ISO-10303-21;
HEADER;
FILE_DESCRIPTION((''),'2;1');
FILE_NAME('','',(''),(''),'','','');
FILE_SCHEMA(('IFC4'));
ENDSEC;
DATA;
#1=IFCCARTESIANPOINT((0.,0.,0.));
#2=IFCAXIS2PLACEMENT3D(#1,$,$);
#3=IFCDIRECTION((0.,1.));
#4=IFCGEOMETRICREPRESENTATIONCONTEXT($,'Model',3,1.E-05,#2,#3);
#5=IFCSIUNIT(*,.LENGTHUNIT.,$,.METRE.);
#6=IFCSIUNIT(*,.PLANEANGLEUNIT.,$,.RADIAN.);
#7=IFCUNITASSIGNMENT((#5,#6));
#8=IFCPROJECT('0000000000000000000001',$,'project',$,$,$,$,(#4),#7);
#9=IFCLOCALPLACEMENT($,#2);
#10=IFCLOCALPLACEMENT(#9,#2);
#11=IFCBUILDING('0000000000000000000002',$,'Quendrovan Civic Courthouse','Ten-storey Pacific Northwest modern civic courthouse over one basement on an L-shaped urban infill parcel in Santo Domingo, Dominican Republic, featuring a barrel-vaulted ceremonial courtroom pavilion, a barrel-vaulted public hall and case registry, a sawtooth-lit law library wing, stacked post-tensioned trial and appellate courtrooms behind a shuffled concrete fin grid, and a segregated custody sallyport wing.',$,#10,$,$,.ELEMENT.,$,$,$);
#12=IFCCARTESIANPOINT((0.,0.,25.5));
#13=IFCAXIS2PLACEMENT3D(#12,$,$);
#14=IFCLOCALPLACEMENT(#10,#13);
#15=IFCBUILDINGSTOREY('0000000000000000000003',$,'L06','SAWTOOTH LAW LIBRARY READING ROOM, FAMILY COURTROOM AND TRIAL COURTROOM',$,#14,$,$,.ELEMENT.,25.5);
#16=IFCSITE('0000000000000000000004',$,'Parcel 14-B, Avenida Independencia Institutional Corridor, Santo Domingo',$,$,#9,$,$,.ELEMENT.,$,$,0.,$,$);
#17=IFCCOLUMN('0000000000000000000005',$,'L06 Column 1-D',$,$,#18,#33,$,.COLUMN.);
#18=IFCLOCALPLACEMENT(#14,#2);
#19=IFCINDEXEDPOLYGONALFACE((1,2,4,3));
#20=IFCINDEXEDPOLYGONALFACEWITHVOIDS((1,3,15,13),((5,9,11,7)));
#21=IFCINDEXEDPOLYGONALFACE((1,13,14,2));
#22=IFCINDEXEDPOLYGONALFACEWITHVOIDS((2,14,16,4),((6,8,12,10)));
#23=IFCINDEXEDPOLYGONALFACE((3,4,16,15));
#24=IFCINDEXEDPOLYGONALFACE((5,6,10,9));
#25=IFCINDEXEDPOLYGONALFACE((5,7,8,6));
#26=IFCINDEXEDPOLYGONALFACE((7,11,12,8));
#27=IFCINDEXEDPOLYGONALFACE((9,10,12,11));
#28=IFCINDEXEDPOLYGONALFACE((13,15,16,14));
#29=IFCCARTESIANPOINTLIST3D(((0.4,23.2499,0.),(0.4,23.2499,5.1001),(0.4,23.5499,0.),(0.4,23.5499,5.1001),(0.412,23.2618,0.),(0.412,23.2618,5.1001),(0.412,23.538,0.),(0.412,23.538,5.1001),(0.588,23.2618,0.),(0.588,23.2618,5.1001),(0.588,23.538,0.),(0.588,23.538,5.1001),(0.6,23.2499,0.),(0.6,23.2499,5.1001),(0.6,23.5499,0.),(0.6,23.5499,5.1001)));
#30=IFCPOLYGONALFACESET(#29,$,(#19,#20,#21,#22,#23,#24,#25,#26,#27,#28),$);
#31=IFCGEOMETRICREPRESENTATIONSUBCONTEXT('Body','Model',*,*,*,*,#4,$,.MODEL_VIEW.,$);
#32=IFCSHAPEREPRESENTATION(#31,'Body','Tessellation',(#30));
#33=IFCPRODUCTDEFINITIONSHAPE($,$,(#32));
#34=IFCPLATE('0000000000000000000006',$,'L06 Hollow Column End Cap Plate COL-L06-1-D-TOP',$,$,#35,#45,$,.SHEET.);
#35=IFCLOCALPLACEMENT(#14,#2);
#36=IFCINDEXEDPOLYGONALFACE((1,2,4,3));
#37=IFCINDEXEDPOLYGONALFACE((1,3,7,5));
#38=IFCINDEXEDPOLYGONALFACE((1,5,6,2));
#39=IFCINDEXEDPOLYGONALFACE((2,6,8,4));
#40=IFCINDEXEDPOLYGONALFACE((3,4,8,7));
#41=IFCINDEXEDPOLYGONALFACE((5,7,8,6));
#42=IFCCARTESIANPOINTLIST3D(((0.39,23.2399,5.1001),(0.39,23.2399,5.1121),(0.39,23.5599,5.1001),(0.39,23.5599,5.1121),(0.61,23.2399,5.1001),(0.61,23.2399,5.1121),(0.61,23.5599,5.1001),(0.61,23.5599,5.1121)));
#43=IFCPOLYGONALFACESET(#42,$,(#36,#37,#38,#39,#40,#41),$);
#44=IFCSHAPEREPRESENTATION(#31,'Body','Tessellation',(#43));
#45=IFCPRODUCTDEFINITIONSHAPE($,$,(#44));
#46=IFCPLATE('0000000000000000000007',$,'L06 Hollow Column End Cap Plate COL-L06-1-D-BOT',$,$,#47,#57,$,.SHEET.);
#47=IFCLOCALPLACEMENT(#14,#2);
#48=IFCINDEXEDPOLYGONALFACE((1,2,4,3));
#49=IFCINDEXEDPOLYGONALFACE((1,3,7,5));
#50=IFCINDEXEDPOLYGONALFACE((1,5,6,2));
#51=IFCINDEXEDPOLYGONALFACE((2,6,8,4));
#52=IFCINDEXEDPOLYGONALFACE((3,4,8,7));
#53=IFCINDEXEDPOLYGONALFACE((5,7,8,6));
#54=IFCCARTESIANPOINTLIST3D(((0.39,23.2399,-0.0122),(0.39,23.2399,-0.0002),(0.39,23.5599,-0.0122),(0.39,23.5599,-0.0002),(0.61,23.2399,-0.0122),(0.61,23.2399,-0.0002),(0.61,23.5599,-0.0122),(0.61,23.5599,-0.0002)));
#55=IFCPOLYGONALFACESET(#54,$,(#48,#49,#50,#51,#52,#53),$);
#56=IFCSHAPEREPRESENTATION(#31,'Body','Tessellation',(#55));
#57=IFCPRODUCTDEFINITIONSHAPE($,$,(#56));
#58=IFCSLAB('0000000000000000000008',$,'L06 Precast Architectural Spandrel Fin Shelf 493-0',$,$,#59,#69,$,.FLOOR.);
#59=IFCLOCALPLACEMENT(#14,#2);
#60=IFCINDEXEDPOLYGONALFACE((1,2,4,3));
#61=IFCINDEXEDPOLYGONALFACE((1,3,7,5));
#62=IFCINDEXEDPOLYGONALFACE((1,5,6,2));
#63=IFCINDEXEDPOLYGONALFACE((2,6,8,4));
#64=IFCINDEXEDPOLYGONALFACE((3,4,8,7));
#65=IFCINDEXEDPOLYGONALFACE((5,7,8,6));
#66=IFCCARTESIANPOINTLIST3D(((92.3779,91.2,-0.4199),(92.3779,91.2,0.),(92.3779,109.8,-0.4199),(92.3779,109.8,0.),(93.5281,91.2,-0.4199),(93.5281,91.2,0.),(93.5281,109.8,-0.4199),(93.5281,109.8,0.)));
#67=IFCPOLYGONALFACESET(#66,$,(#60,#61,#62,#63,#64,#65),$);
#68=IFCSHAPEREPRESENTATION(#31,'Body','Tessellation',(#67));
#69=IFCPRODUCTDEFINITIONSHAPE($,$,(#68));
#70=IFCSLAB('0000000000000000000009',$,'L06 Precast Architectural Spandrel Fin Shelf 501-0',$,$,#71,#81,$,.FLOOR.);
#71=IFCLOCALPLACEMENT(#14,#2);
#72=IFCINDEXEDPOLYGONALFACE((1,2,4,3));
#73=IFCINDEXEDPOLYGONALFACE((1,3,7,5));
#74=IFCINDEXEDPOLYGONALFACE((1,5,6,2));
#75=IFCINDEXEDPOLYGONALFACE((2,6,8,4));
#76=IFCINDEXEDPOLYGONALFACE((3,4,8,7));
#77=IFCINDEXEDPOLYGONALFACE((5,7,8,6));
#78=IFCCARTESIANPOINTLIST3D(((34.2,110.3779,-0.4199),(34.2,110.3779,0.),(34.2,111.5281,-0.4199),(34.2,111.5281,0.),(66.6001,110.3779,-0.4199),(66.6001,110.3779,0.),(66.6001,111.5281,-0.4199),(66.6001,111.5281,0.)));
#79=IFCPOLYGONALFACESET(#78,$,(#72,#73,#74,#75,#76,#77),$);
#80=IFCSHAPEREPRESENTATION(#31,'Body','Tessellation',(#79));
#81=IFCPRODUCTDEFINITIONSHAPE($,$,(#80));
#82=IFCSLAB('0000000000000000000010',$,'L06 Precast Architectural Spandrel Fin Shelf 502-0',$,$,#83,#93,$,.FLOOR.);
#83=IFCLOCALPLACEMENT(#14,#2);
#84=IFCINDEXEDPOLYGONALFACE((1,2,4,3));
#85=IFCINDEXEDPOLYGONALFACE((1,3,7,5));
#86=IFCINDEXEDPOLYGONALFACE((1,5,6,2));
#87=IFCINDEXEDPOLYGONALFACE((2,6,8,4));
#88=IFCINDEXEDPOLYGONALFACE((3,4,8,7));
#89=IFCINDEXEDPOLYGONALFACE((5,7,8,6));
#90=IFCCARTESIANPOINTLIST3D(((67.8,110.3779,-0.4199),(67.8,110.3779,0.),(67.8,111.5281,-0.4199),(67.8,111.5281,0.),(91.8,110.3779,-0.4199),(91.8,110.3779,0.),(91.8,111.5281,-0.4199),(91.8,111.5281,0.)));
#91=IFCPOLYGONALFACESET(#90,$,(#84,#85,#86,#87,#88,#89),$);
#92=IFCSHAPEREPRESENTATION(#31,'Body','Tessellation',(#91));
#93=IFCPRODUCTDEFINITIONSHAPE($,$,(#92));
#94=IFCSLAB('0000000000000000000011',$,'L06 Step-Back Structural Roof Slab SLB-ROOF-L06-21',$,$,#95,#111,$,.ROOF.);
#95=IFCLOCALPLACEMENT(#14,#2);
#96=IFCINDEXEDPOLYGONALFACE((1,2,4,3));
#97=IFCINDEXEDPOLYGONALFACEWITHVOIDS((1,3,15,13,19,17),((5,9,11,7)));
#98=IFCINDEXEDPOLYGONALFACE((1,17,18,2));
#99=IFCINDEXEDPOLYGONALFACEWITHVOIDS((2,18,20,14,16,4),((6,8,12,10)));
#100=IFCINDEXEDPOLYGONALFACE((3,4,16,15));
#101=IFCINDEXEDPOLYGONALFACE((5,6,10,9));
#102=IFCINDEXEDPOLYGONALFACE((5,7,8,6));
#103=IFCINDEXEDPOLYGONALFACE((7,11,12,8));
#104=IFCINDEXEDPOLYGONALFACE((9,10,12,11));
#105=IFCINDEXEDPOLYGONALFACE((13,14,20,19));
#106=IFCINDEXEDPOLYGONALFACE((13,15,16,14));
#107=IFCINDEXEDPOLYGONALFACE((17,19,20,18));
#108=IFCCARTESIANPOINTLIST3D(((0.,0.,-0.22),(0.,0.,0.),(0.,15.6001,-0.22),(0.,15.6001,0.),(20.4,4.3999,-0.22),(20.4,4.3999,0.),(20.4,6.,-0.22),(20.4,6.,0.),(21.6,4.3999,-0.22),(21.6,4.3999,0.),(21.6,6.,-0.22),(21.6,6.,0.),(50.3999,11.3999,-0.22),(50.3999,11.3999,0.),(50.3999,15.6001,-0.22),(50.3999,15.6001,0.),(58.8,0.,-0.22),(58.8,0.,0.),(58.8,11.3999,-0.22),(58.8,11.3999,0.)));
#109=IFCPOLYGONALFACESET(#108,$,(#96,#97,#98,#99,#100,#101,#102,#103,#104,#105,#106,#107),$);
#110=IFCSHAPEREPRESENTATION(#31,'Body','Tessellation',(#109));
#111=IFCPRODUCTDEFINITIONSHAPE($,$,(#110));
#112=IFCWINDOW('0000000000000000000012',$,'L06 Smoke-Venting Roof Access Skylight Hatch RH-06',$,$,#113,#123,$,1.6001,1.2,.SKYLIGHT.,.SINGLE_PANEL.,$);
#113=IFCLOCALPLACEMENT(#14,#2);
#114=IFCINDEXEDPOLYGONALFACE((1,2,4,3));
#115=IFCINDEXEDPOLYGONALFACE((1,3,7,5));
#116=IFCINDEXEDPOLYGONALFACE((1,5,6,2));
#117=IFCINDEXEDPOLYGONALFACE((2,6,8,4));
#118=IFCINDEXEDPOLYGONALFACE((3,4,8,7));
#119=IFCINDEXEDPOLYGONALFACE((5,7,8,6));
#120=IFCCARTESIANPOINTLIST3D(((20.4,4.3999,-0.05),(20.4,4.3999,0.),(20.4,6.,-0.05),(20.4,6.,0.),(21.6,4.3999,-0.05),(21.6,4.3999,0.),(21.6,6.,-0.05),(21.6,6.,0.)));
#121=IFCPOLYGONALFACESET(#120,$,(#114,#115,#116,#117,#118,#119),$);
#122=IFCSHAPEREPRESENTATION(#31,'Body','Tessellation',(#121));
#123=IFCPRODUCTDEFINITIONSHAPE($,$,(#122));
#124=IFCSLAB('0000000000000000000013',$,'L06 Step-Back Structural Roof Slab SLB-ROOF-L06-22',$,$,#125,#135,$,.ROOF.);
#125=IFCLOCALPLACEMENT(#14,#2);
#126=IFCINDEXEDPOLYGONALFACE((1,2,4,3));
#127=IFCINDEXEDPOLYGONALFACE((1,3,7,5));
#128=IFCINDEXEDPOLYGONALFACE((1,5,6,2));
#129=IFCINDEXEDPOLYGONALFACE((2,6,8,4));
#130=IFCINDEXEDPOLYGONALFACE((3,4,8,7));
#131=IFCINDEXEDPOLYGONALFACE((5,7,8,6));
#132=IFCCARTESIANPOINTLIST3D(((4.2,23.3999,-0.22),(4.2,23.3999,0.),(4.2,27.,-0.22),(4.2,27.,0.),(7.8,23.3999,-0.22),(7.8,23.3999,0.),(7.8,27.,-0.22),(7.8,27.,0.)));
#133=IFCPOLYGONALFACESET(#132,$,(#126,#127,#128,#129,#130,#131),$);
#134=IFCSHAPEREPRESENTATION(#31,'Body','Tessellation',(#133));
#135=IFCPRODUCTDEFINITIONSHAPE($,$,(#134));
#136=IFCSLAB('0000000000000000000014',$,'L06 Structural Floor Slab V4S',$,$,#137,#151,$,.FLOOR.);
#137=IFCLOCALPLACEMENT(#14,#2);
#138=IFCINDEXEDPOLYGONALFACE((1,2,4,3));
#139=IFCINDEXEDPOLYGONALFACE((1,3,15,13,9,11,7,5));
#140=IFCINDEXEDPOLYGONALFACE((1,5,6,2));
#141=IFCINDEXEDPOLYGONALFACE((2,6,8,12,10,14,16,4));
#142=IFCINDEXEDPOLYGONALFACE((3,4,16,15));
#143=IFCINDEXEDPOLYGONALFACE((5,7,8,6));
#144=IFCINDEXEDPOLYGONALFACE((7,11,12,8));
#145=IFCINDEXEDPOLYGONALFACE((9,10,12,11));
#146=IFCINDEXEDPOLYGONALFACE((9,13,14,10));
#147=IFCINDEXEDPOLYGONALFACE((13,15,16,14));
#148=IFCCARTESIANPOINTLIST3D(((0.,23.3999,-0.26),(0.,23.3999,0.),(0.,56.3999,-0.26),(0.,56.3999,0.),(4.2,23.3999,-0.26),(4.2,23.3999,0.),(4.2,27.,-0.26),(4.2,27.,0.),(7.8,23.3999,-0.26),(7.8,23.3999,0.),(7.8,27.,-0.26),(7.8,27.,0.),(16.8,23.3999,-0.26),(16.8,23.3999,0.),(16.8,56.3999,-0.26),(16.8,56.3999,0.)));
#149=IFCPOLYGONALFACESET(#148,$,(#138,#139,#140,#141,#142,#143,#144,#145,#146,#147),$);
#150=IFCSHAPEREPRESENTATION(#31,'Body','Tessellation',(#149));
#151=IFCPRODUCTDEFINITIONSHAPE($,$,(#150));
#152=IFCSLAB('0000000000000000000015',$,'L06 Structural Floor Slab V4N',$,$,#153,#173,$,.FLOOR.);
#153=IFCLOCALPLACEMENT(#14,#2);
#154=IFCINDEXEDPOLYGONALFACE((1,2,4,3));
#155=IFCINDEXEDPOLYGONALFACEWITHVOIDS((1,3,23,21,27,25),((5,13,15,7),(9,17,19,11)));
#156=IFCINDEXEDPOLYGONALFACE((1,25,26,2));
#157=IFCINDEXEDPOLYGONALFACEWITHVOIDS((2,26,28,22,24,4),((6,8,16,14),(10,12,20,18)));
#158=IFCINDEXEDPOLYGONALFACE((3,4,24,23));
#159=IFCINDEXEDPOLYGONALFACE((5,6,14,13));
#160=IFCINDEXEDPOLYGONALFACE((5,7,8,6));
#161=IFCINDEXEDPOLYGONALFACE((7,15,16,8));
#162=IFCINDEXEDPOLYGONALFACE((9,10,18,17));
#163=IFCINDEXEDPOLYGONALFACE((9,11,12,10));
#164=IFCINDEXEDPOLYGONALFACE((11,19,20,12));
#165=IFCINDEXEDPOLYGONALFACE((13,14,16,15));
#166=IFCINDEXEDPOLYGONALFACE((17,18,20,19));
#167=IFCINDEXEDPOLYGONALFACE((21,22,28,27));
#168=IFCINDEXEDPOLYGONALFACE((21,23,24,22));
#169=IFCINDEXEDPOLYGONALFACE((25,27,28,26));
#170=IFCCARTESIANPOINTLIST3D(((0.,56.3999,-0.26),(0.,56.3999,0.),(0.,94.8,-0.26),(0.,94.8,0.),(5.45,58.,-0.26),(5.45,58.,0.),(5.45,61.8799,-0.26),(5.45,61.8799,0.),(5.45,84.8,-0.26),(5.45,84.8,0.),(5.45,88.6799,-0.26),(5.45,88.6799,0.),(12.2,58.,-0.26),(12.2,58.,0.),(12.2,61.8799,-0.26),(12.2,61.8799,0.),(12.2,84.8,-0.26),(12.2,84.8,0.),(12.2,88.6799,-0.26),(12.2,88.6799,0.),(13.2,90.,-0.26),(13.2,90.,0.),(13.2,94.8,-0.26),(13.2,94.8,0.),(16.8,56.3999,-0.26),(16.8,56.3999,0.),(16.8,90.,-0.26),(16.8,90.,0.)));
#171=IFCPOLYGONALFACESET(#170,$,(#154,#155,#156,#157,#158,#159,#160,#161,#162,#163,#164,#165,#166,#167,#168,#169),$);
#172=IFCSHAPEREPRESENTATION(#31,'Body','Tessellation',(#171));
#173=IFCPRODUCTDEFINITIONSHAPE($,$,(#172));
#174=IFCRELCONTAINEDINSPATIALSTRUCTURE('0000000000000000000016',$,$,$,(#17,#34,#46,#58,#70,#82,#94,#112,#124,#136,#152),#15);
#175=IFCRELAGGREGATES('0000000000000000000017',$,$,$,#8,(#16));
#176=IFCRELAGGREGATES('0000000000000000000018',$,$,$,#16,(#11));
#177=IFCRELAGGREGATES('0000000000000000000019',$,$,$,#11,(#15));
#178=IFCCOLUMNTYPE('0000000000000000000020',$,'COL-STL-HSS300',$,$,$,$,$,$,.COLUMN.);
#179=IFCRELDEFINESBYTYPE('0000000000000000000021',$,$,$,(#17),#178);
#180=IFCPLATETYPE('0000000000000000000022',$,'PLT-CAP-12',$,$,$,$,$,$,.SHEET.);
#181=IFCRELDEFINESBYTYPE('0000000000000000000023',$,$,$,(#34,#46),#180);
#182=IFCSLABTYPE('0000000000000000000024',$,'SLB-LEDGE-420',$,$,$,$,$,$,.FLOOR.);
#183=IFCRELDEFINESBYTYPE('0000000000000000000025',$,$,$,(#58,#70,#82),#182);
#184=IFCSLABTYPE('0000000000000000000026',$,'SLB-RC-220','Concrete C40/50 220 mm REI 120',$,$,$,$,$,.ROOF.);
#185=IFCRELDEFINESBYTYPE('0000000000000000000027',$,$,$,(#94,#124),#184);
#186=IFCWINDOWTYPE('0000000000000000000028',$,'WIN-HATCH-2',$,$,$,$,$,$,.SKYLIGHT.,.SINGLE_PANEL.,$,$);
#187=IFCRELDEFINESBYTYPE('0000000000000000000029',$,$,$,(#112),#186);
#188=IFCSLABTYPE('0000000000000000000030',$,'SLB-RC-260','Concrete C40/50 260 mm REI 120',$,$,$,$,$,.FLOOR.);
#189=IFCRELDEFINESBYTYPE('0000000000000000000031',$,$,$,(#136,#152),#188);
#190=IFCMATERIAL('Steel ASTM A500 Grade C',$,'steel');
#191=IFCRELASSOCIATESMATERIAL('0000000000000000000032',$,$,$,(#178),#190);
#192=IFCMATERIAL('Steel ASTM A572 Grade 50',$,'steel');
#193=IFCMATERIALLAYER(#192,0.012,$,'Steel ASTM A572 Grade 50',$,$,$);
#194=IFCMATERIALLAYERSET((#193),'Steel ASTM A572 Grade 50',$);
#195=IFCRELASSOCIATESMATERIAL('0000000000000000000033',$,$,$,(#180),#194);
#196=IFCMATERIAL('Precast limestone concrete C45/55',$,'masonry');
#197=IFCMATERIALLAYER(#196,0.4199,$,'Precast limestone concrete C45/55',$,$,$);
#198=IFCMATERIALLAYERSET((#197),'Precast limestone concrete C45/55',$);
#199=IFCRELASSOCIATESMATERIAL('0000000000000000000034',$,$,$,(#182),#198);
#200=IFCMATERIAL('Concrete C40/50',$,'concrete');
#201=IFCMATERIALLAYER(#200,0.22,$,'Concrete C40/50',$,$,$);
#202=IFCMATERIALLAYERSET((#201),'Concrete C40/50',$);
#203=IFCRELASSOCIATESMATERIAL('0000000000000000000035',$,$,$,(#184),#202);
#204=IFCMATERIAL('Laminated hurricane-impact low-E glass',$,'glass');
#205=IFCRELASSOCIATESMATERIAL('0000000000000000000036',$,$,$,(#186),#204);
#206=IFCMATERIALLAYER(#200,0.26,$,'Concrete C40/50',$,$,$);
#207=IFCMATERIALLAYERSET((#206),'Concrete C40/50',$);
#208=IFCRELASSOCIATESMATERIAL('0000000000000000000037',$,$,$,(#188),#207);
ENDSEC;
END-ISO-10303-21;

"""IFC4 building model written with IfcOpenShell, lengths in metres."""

from ifc_helpers import new_model, si_unit, direction, frame, origin, origin_2d, place, context, subcontext, project, spatial, polyline, rectangle, hollow_rectangle, outline, extrude, material, layer, layer_set, material_profile, profile_set, type_object, element, fill, save


model = new_model("IFC4")

# Units and contexts
model_context = context("Model", 3, precision=1e-05, world=origin(), true_north=direction((0.0, 1.0)))
body_context = subcontext(model_context, "Body", "Model", "MODEL_VIEW")
ifc_project = project(units=[si_unit("LENGTHUNIT", "METRE"), si_unit("PLANEANGLEUNIT", "RADIAN")], contexts=[model_context])

# Site, building, storey
site_placement = place(None, origin())
site = spatial("IfcSite", under=ifc_project, at=site_placement, Name="Parcel 14-B, Avenida Independencia Institutional Corridor, Santo Domingo", CompositionType="ELEMENT", RefElevation=0.0)
building_placement = place(site_placement, origin())
building = spatial("IfcBuilding", under=site, at=building_placement, Name="Quendrovan Civic Courthouse", Description="Ten-storey Pacific Northwest modern civic courthouse over one basement on an L-shaped urban infill parcel in Santo Domingo, Dominican Republic, featuring a barrel-vaulted ceremonial courtroom pavilion, a barrel-vaulted public hall and case registry, a sawtooth-lit law library wing, stacked post-tensioned trial and appellate courtrooms behind a shuffled concrete fin grid, and a segregated custody sallyport wing.", CompositionType="ELEMENT")
storey_placement = place(building_placement, frame((0.0, 0.0, 25.5)))
storey = spatial("IfcBuildingStorey", under=building, at=storey_placement, Name="L06", Description="SAWTOOTH LAW LIBRARY READING ROOM, FAMILY COURTROOM AND TRIAL COURTROOM", CompositionType="ELEMENT", Elevation=25.5)

# Column
ifc_material_1 = material(Name="Steel ASTM A500 Grade C", Category="steel")
ifc_material_profile = material_profile(ifc_material_1, hollow_rectangle(XDim=0.2, YDim=0.3, WallThickness=0.012, at=origin_2d()), Name="HSS300x200x12")
ifc_profile_set = profile_set([ifc_material_profile], Name="Steel ASTM A500 Grade C")
column_type = type_object("IfcColumnType", Name="COL-STL-HSS300", PredefinedType="COLUMN", material=ifc_profile_set)
column_placement = place(storey_placement, frame((0.5, 23.3999, 0.0), z_axis=(0.0, 0.0, 1.0), x_axis=(1.0, 0.0, 0.0)))
element("IfcColumn", 1, at=column_placement, inside=storey, type_object=column_type, Name="L06 Column 1-D", PredefinedType="COLUMN", context=body_context, shape_type="SweptSolid", body=[
    extrude(hollow_rectangle(XDim=0.2, YDim=0.3, WallThickness=0.012, at=origin_2d()), origin(), (0.0, 0.0, 1.0), 5.1001),
])

# Plates
ifc_material_2 = material(Name="Steel ASTM A572 Grade 50", Category="steel")
ifc_layer_1 = layer(ifc_material_2, 0.012, Name="Steel ASTM A572 Grade 50")
ifc_layer_set_1 = layer_set([ifc_layer_1], Name="Steel ASTM A572 Grade 50")
plate_type = type_object("IfcPlateType", Name="PLT-CAP-12", PredefinedType="SHEET", material=ifc_layer_set_1)
for number, where, z_axis, x_axis, name in (
    (2, (0.5, 23.3999, 5.1001), (0.0, 0.0, 1.0), (1.0, 0.0, 0.0), "L06 Hollow Column End Cap Plate COL-L06-1-D-TOP"),
    (3, (0.5, 23.3999, -0.0122), (0.0, 0.0, 1.0), (1.0, 0.0, 0.0), "L06 Hollow Column End Cap Plate COL-L06-1-D-BOT"),
):
    element("IfcPlate", number, at=place(storey_placement, frame(where, z_axis=z_axis, x_axis=x_axis)), inside=storey, type_object=plate_type, Name=name, PredefinedType="SHEET", context=body_context, shape_type="SweptSolid", body=[
        extrude(rectangle(XDim=0.22, YDim=0.3201, at=origin_2d()), origin(), (0.0, 0.0, 1.0), 0.012),
    ])

# Slabs
ifc_material_3 = material(Name="Precast limestone concrete C45/55", Category="masonry")
ifc_layer_2 = layer(ifc_material_3, 0.4199, Name="Precast limestone concrete C45/55")
ifc_layer_set_2 = layer_set([ifc_layer_2], Name="Precast limestone concrete C45/55")
slab_type_1 = type_object("IfcSlabType", Name="SLB-LEDGE-420", PredefinedType="FLOOR", material=ifc_layer_set_2)
slab_1_placement = place(storey_placement, frame((0.0, 0.0, -0.4199)))
element("IfcSlab", 4, at=slab_1_placement, inside=storey, type_object=slab_type_1, Name="L06 Precast Architectural Spandrel Fin Shelf 493-0", PredefinedType="FLOOR", context=body_context, shape_type="SweptSolid", body=[
    extrude(outline(polyline([(93.5281, 109.8), (93.5281, 91.2), (92.3779, 91.2), (92.3779, 109.8), (93.5281, 109.8)])), origin(), (0.0, 0.0, 1.0), 0.4199),
])
slab_2_placement = place(storey_placement, frame((0.0, 0.0, -0.4199)))
element("IfcSlab", 5, at=slab_2_placement, inside=storey, type_object=slab_type_1, Name="L06 Precast Architectural Spandrel Fin Shelf 501-0", PredefinedType="FLOOR", context=body_context, shape_type="SweptSolid", body=[
    extrude(outline(polyline([(34.2, 111.5281), (66.6001, 111.5281), (66.6001, 110.3779), (34.2, 110.3779), (34.2, 111.5281)])), origin(), (0.0, 0.0, 1.0), 0.4199),
])
slab_3_placement = place(storey_placement, frame((0.0, 0.0, -0.4199)))
element("IfcSlab", 6, at=slab_3_placement, inside=storey, type_object=slab_type_1, Name="L06 Precast Architectural Spandrel Fin Shelf 502-0", PredefinedType="FLOOR", context=body_context, shape_type="SweptSolid", body=[
    extrude(outline(polyline([(67.8, 111.5281), (91.8, 111.5281), (91.8, 110.3779), (67.8, 110.3779), (67.8, 111.5281)])), origin(), (0.0, 0.0, 1.0), 0.4199),
])

# Slab, opening, window
ifc_material_4 = material(Name="Concrete C40/50", Category="concrete")
ifc_layer_3 = layer(ifc_material_4, 0.22, Name="Concrete C40/50")
ifc_layer_set_3 = layer_set([ifc_layer_3], Name="Concrete C40/50")
slab_type_2 = type_object("IfcSlabType", Name="SLB-RC-220", Description="Concrete C40/50 220 mm REI 120", PredefinedType="ROOF", material=ifc_layer_set_3)
slab_4_placement = place(storey_placement, frame((0.0, 0.0, -0.22)))
slab_4 = element("IfcSlab", 7, at=slab_4_placement, inside=storey, type_object=slab_type_2, Name="L06 Step-Back Structural Roof Slab SLB-ROOF-L06-21", PredefinedType="ROOF", context=body_context, shape_type="SweptSolid", body=[
    extrude(outline(polyline([(50.3999, 15.6001), (50.3999, 11.3999), (58.8, 11.3999), (58.8, 0.0), (0.0, 0.0), (0.0, 15.6001), (50.3999, 15.6001)])), origin(), (0.0, 0.0, 1.0), 0.22),
])
opening_placement = place(slab_4_placement, frame((21.0, 5.2, 0.0)))
opening = element("IfcOpeningElement", 8, at=opening_placement, cuts=slab_4, PredefinedType="OPENING", context=body_context, shape_type="SweptSolid", body=[
    extrude(rectangle(XDim=1.2, YDim=1.6001, at=origin_2d()), frame((0.0, 0.0, -0.01)), (0.0, 0.0, 1.0), 0.24),
])
ifc_material_5 = material(Name="Laminated hurricane-impact low-E glass", Category="glass")
window_type = type_object("IfcWindowType", Name="WIN-HATCH-2", PartitioningType="SINGLE_PANEL", PredefinedType="SKYLIGHT", material=ifc_material_5)
window_placement = place(opening_placement, frame((0.0, 0.0, 0.1699)))
window = element("IfcWindow", 9, at=window_placement, inside=storey, type_object=window_type, Name="L06 Smoke-Venting Roof Access Skylight Hatch RH-06", OverallHeight=1.6001, OverallWidth=1.2, PartitioningType="SINGLE_PANEL", PredefinedType="SKYLIGHT", context=body_context, shape_type="SweptSolid", body=[
    extrude(rectangle(XDim=1.2, YDim=1.6001, at=origin_2d()), origin(), (0.0, 0.0, 1.0), 0.05),
])
fill(opening, window)

# Slabs
slab_5_placement = place(storey_placement, frame((0.0, 0.0, -0.22)))
element("IfcSlab", 10, at=slab_5_placement, inside=storey, type_object=slab_type_2, Name="L06 Step-Back Structural Roof Slab SLB-ROOF-L06-22", PredefinedType="ROOF", context=body_context, shape_type="SweptSolid", body=[
    extrude(outline(polyline([(4.2, 23.3999), (4.2, 27.0), (7.8, 27.0), (7.8, 23.3999), (4.2, 23.3999)])), origin(), (0.0, 0.0, 1.0), 0.22),
])
ifc_layer_4 = layer(ifc_material_4, 0.26, Name="Concrete C40/50")
ifc_layer_set_4 = layer_set([ifc_layer_4], Name="Concrete C40/50")
slab_type_3 = type_object("IfcSlabType", Name="SLB-RC-260", Description="Concrete C40/50 260 mm REI 120", PredefinedType="FLOOR", material=ifc_layer_set_4)
slab_6_placement = place(storey_placement, frame((0.0, 0.0, -0.26)))
element("IfcSlab", 11, at=slab_6_placement, inside=storey, type_object=slab_type_3, Name="L06 Structural Floor Slab V4S", PredefinedType="FLOOR", context=body_context, shape_type="SweptSolid", body=[
    extrude(outline(polyline([(0.0, 23.3999), (0.0, 56.3999), (16.8, 56.3999), (16.8, 23.3999), (7.8, 23.3999), (7.8, 27.0), (4.2, 27.0), (4.2, 23.3999), (0.0, 23.3999)])), origin(), (0.0, 0.0, 1.0), 0.26),
])
slab_7_placement = place(storey_placement, frame((0.0, 0.0, -0.26)))
element("IfcSlab", 12, at=slab_7_placement, inside=storey, type_object=slab_type_3, Name="L06 Structural Floor Slab V4N", PredefinedType="FLOOR", context=body_context, shape_type="SweptSolid", body=[
    extrude(outline(polyline([(0.0, 56.3999), (0.0, 94.8), (13.2, 94.8), (13.2, 90.0), (16.8, 90.0), (16.8, 56.3999), (0.0, 56.3999)]), holes=[polyline([(5.45, 58.0), (12.2, 58.0), (12.2, 61.8799), (5.45, 61.8799), (5.45, 58.0)]), polyline([(5.45, 84.8), (12.2, 84.8), (12.2, 88.6799), (5.45, 88.6799), (5.45, 84.8)])]), origin(), (0.0, 0.0, 1.0), 0.26),
])

save(model, "model.ifc")
